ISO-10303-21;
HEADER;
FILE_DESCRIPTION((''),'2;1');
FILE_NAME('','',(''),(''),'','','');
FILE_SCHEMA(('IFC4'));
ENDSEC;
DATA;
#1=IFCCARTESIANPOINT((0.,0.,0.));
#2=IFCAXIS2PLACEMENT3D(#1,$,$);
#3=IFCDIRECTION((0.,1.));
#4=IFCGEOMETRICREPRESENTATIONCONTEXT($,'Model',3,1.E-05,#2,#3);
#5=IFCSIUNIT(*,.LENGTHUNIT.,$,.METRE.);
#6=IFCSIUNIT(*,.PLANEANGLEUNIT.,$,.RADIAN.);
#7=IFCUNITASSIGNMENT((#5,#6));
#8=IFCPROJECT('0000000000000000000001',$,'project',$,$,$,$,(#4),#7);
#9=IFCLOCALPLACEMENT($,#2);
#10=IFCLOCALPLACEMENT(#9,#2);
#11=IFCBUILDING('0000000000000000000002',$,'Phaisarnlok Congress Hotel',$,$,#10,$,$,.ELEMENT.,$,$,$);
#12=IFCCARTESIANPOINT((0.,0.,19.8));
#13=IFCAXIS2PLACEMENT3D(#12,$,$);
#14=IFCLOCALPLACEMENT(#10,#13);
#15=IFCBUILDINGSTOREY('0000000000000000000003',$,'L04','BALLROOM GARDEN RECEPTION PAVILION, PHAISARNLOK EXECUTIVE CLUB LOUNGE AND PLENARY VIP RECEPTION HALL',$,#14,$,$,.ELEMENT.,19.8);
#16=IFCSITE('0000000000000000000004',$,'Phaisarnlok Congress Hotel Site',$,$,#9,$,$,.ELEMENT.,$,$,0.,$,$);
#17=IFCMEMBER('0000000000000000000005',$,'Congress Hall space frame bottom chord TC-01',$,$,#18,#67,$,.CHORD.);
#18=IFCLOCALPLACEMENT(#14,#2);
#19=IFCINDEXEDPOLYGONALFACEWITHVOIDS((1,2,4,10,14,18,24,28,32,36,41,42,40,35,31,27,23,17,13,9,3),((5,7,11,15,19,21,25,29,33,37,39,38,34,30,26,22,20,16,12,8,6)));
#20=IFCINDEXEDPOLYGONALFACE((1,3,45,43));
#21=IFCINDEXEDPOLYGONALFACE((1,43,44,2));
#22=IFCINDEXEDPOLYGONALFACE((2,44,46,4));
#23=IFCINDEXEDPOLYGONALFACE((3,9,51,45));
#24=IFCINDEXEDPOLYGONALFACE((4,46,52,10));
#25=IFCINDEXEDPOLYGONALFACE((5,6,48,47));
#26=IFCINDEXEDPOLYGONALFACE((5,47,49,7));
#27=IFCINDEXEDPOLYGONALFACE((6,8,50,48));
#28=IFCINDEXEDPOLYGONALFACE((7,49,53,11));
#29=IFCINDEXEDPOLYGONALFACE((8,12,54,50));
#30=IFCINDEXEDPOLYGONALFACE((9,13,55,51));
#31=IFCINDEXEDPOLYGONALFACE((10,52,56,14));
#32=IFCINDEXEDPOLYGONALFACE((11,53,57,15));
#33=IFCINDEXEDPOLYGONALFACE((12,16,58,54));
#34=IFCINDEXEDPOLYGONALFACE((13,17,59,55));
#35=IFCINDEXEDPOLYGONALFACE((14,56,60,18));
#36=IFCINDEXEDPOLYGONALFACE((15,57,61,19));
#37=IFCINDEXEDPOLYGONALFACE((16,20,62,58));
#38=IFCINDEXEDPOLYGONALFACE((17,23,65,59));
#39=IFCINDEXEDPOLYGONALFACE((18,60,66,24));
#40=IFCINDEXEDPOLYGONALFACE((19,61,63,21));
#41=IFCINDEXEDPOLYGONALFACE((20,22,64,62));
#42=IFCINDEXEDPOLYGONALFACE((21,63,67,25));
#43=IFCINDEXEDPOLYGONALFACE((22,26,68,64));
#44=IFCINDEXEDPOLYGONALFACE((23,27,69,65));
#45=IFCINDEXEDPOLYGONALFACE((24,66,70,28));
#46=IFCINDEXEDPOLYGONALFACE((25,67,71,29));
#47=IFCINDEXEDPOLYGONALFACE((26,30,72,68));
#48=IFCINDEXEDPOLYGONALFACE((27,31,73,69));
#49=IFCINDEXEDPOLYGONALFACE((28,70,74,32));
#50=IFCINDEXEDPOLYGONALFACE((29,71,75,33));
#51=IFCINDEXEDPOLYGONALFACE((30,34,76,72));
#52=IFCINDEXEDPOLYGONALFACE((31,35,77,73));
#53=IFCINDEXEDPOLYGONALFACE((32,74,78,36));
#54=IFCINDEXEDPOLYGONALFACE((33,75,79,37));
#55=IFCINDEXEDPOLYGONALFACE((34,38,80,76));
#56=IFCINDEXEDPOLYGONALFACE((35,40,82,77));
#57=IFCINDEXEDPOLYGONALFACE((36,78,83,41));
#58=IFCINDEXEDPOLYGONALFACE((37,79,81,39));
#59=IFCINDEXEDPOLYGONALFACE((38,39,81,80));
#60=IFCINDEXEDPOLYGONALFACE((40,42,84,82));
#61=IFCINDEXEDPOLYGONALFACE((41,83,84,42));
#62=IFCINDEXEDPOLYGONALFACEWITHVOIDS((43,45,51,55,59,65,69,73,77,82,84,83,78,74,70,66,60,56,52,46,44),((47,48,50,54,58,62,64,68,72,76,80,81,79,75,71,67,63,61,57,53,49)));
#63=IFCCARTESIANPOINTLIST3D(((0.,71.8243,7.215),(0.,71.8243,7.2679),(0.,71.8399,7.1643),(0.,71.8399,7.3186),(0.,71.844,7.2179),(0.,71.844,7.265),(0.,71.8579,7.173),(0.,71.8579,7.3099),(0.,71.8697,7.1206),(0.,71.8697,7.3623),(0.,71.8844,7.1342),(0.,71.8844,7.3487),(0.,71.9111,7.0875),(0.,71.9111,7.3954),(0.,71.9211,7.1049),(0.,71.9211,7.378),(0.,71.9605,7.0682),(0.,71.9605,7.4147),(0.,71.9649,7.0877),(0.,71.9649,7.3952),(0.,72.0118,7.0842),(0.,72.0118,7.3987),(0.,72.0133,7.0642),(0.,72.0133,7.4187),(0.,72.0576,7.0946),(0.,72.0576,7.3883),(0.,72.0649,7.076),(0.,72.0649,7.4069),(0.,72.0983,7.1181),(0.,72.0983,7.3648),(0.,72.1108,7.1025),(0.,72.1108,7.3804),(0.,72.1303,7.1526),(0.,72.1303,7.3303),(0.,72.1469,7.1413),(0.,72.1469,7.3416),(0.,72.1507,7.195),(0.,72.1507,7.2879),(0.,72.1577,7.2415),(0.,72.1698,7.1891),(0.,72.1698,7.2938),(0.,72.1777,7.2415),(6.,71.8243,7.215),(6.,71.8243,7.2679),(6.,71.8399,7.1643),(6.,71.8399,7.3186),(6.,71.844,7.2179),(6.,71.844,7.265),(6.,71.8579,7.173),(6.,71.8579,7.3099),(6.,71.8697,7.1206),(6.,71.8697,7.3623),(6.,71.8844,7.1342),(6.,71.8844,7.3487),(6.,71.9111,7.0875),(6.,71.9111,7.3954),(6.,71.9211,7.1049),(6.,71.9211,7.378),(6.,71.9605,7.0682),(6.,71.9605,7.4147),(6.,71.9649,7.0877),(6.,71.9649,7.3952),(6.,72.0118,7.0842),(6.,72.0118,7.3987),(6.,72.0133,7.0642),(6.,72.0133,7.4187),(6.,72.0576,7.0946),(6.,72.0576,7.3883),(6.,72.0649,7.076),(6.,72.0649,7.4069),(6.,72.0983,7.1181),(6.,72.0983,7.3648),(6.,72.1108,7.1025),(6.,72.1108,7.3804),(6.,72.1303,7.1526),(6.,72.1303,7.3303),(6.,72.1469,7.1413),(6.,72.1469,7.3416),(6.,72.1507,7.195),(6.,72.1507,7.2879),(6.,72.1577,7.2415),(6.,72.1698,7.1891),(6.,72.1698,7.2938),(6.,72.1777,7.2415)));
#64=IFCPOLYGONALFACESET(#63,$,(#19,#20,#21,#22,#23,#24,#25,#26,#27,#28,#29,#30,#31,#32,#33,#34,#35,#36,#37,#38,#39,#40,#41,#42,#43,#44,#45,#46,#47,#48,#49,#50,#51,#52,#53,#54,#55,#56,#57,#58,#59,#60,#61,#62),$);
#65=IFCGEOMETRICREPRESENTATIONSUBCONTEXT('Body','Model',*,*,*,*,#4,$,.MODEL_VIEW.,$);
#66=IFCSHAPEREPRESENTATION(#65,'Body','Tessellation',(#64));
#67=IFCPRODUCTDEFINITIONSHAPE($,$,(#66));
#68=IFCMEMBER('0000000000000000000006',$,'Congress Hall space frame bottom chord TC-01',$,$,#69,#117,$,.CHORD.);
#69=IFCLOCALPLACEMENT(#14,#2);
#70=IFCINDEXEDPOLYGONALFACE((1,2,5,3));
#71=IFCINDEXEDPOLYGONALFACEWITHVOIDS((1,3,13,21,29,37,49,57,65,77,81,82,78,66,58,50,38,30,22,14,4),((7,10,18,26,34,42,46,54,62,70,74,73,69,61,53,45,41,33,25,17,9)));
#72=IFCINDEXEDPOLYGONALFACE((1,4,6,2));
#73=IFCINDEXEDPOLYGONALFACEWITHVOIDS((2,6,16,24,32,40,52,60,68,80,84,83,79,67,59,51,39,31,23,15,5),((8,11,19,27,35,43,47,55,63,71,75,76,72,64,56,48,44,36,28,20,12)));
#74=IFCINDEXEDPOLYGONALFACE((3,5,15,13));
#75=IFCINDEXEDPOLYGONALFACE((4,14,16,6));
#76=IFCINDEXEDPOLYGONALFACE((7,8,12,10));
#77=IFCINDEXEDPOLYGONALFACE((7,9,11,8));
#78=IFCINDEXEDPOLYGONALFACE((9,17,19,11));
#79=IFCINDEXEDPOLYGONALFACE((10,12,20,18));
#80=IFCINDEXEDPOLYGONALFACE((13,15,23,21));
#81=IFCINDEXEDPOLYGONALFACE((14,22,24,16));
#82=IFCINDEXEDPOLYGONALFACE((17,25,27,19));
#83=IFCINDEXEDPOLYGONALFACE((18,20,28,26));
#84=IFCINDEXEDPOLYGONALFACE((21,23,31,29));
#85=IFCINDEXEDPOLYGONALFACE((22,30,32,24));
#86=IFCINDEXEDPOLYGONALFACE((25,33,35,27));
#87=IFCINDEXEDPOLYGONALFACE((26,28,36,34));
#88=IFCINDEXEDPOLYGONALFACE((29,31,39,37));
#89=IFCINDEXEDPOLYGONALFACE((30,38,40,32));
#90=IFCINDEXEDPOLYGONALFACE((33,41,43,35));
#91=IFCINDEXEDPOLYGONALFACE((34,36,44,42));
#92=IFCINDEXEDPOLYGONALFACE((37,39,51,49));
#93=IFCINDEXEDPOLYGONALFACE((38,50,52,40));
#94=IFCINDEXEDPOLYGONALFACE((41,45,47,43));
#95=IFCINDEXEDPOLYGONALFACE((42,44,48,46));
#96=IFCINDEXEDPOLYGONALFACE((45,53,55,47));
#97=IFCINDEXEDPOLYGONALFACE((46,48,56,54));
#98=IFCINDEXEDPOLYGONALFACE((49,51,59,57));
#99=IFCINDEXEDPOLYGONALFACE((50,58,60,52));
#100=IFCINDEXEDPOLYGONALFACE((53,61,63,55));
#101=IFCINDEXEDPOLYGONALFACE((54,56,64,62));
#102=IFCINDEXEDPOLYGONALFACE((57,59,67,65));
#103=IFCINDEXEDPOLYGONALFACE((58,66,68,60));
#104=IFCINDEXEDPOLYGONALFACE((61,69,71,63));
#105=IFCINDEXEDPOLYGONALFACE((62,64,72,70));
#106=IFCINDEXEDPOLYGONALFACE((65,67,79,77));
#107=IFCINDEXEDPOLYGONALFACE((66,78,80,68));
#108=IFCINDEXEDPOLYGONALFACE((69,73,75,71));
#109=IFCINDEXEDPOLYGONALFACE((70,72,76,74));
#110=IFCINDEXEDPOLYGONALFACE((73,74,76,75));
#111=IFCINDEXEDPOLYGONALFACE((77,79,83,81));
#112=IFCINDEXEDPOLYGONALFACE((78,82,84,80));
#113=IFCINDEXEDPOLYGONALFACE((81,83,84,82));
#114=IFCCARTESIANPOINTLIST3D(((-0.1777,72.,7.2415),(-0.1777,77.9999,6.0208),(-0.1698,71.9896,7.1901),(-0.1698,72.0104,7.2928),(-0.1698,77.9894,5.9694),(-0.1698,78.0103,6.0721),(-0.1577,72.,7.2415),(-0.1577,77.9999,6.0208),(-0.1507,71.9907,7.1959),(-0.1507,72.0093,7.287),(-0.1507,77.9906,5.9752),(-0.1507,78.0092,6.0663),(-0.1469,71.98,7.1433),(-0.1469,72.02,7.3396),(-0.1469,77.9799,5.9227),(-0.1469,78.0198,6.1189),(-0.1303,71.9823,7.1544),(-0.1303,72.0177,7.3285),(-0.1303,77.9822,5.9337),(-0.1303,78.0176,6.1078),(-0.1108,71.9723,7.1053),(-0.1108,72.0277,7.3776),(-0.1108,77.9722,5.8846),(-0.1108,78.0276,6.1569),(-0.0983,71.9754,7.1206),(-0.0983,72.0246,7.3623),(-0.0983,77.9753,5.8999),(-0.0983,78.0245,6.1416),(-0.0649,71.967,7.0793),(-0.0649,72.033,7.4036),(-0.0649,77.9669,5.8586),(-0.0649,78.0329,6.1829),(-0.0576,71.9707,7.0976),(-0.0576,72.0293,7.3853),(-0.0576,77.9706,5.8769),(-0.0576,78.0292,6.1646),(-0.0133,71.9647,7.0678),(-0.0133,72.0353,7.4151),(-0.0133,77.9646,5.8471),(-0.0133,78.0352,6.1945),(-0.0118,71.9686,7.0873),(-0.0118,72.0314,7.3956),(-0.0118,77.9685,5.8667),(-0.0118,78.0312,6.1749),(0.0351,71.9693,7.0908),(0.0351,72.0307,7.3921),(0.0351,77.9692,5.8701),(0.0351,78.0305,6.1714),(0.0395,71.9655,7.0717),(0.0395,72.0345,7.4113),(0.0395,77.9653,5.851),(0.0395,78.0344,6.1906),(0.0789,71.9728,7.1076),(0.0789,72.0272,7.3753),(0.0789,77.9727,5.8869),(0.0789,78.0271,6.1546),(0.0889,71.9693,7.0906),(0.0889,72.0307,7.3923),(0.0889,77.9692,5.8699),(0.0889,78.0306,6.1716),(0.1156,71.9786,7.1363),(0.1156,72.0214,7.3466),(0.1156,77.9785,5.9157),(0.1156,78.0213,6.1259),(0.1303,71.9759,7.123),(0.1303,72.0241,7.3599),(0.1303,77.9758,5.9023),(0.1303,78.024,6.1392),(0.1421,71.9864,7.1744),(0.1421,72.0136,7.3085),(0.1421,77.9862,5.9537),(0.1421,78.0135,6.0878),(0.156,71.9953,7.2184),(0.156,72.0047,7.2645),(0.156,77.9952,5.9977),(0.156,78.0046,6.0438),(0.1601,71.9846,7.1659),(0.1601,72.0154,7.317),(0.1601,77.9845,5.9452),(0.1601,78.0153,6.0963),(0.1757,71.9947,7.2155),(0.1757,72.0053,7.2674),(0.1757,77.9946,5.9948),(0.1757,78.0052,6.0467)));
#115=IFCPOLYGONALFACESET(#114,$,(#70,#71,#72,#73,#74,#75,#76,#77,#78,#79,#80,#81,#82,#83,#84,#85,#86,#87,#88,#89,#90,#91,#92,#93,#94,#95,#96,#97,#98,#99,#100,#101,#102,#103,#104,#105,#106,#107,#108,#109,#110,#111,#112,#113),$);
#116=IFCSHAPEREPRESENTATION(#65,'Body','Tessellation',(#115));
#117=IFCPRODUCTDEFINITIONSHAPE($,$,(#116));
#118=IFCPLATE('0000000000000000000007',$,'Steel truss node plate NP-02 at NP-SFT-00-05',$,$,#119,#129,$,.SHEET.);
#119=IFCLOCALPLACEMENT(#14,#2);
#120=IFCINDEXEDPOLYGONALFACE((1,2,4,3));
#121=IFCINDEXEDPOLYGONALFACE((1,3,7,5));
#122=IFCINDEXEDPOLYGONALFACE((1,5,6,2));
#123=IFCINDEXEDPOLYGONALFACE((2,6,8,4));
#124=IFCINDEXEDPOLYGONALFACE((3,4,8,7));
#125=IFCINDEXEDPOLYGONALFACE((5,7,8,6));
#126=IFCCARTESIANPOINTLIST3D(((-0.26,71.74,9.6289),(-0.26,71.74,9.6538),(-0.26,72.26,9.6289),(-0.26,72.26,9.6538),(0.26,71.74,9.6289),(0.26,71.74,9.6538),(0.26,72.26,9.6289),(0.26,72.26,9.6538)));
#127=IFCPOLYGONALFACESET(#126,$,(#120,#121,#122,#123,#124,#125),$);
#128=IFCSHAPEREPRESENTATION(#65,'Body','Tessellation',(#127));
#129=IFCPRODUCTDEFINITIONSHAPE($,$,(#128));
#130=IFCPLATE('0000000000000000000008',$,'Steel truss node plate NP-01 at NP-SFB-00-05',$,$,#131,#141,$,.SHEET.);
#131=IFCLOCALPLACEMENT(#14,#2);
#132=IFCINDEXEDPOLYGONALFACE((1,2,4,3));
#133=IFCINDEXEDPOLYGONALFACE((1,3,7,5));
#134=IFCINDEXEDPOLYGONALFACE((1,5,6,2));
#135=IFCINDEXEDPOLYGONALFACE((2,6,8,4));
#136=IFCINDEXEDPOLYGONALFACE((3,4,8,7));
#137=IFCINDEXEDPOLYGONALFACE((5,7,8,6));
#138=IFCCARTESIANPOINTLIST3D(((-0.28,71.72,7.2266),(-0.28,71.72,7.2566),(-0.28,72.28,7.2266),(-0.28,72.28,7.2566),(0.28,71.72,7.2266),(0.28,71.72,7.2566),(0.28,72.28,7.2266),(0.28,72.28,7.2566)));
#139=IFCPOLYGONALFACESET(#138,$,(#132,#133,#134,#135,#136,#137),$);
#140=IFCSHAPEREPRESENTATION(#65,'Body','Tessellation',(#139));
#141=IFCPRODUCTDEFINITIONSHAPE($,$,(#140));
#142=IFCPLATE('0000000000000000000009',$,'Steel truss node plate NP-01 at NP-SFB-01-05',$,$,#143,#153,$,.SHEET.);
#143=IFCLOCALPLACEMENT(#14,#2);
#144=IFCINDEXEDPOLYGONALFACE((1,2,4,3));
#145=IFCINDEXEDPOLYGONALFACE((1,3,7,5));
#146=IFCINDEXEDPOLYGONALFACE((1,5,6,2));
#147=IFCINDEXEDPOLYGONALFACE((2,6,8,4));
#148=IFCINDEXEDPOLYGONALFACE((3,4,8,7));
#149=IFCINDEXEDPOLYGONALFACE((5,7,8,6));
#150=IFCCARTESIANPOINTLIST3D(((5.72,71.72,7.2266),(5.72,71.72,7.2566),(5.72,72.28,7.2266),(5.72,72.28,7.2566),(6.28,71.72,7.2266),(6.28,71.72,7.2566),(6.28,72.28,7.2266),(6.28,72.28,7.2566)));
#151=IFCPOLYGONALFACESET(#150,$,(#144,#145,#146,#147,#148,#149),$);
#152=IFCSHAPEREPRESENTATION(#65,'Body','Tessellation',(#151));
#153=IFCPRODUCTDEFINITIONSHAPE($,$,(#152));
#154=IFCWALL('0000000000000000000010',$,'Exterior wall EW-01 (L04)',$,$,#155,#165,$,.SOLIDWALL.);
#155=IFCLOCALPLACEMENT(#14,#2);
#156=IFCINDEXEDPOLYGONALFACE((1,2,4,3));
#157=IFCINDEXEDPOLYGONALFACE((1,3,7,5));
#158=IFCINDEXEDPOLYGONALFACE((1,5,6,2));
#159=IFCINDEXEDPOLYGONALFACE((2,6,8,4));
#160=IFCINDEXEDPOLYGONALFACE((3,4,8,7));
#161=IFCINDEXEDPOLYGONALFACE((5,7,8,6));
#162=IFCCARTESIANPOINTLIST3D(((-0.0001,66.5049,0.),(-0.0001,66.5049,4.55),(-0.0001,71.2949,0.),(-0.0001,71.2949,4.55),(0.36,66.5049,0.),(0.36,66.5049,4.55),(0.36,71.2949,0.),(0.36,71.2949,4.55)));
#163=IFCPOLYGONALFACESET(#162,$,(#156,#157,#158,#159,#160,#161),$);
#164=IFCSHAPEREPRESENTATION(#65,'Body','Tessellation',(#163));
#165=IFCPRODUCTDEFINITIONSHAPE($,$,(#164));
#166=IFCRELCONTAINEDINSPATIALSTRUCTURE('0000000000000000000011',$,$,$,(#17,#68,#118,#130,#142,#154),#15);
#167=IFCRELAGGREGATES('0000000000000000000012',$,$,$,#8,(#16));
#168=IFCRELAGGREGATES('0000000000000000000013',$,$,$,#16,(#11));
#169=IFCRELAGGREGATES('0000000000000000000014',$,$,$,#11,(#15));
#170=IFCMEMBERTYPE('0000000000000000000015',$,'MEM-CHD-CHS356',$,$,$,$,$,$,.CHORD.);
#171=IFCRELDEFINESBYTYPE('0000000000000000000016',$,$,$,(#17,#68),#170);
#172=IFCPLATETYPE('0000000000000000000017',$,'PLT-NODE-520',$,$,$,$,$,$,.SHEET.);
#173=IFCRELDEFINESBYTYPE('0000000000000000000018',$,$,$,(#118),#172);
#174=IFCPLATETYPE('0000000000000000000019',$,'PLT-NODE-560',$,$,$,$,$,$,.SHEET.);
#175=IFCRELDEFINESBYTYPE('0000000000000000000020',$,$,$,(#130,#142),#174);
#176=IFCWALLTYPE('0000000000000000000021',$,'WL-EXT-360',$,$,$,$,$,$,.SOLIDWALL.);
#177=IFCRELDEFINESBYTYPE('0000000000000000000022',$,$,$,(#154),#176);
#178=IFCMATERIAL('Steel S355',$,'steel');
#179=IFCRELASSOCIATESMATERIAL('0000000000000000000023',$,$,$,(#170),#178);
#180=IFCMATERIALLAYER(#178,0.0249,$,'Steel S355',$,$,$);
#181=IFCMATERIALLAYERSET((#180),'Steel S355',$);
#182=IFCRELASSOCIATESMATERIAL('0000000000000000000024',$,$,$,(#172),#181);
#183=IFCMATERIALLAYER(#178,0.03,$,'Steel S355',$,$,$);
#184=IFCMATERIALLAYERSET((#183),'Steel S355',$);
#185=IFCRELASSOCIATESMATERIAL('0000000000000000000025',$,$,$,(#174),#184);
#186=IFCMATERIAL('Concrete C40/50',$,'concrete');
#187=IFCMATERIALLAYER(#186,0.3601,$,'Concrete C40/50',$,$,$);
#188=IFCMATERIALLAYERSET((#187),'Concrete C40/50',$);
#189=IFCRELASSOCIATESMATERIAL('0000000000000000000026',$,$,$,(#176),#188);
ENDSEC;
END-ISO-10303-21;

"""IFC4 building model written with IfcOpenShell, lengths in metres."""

from ifc_helpers import new_model, si_unit, direction, frame, frame_2d, origin, origin_2d, place, context, subcontext, project, spatial, rectangle, hollow_circle, extrude, material, layer, layer_set, material_profile, profile_set, type_object, element, save


model = new_model("IFC4")

# Units and contexts
model_context = context("Model", 3, precision=1e-05, world=origin(), true_north=direction((0.0, 1.0)))
body_context = subcontext(model_context, "Body", "Model", "MODEL_VIEW")
ifc_project = project(units=[si_unit("LENGTHUNIT", "METRE"), si_unit("PLANEANGLEUNIT", "RADIAN")], contexts=[model_context])

# Site, building, storey
site_placement = place(None, origin())
site = spatial("IfcSite", under=ifc_project, at=site_placement, Name="Phaisarnlok Congress Hotel Site", CompositionType="ELEMENT", RefElevation=0.0)
building_placement = place(site_placement, origin())
building = spatial("IfcBuilding", under=site, at=building_placement, Name="Phaisarnlok Congress Hotel", CompositionType="ELEMENT")
storey_placement = place(building_placement, frame((0.0, 0.0, 19.8)))
storey = spatial("IfcBuildingStorey", under=building, at=storey_placement, Name="L04", Description="BALLROOM GARDEN RECEPTION PAVILION, PHAISARNLOK EXECUTIVE CLUB LOUNGE AND PLENARY VIP RECEPTION HALL", CompositionType="ELEMENT", Elevation=19.8)

# Shared definitions
ifc_material_1 = material(Name="Steel S355", Category="steel")

# Members
ifc_material_profile_1 = material_profile(ifc_material_1, hollow_circle(Radius=0.1777, WallThickness=0.02, at=origin_2d()), Name="CHS 355.6x20")
ifc_profile_set_1 = profile_set([ifc_material_profile_1], Name="Steel S355")
member_type_1 = type_object("IfcMemberType", Name="MEM-CHD-CHS356", PredefinedType="CHORD", material=ifc_profile_set_1)
member_1_placement = place(storey_placement, frame((0.0, 72.0, 7.2415), z_axis=(1.0, 0.0, 0.0), x_axis=(0.0, 1.0, 0.0)))
element("IfcMember", 1, at=member_1_placement, inside=storey, type_object=member_type_1, Name="Congress Hall space frame bottom chord TC-01", PredefinedType="CHORD", context=body_context, shape_type="SweptSolid", body=[
    extrude(hollow_circle(Radius=0.1777, WallThickness=0.02, at=origin_2d()), origin(), (0.0, 0.0, 1.0), 6.0),
])
member_2_placement = place(storey_placement, frame((0.0, 72.0, 7.2415), z_axis=(0.0, 0.979925, -0.199366), x_axis=(-1.0, 0.0, 0.0)))
element("IfcMember", 2, at=member_2_placement, inside=storey, type_object=member_type_1, Name="Congress Hall space frame bottom chord TC-01", PredefinedType="CHORD", context=body_context, shape_type="SweptSolid", body=[
    extrude(hollow_circle(Radius=0.1777, WallThickness=0.02, at=origin_2d()), origin(), (0.0, 0.0, 1.0), 6.1228),
])

# Plates
ifc_layer_1 = layer(ifc_material_1, 0.0249, Name="Steel S355")
ifc_layer_set_1 = layer_set([ifc_layer_1], Name="Steel S355")
plate_type_1 = type_object("IfcPlateType", Name="PLT-NODE-520", PredefinedType="SHEET", material=ifc_layer_set_1)
plate_placement = place(storey_placement, frame((0.0, 72.0, 9.6289), z_axis=(0.0, 0.0, 1.0), x_axis=(1.0, 0.0, 0.0)))
element("IfcPlate", 3, at=plate_placement, inside=storey, type_object=plate_type_1, Name="Steel truss node plate NP-02 at NP-SFT-00-05", PredefinedType="SHEET", context=body_context, shape_type="SweptSolid", body=[
    extrude(rectangle(XDim=0.52, YDim=0.52, at=origin_2d()), origin(), (0.0, 0.0, 1.0), 0.0249),
])
ifc_layer_2 = layer(ifc_material_1, 0.03, Name="Steel S355")
ifc_layer_set_2 = layer_set([ifc_layer_2], Name="Steel S355")
plate_type_2 = type_object("IfcPlateType", Name="PLT-NODE-560", PredefinedType="SHEET", material=ifc_layer_set_2)
for number, where, z_axis, x_axis, name in (
    (4, (0.0, 72.0, 7.2266), (0.0, 0.0, 1.0), (1.0, 0.0, 0.0), "Steel truss node plate NP-01 at NP-SFB-00-05"),
    (5, (6.0, 72.0, 7.2266), (0.0, 0.0, 1.0), (1.0, 0.0, 0.0), "Steel truss node plate NP-01 at NP-SFB-01-05"),
):
    element("IfcPlate", number, at=place(storey_placement, frame(where, z_axis=z_axis, x_axis=x_axis)), inside=storey, type_object=plate_type_2, Name=name, PredefinedType="SHEET", context=body_context, shape_type="SweptSolid", body=[
        extrude(rectangle(XDim=0.5601, YDim=0.5601, at=origin_2d()), origin(), (0.0, 0.0, 1.0), 0.03),
    ])

# Wall
ifc_material_2 = material(Name="Concrete C40/50", Category="concrete")
ifc_layer_3 = layer(ifc_material_2, 0.3601, Name="Concrete C40/50")
ifc_layer_set_3 = layer_set([ifc_layer_3], Name="Concrete C40/50")
wall_type = type_object("IfcWallType", Name="WL-EXT-360", PredefinedType="SOLIDWALL", material=ifc_layer_set_3)
wall_placement = place(storey_placement, frame((0.1799, 71.2949, 0.0), z_axis=(0.0, 0.0, 1.0), x_axis=(0.0, -1.0, 0.0)))
element("IfcWall", 6, at=wall_placement, inside=storey, type_object=wall_type, Name="Exterior wall EW-01 (L04)", PredefinedType="SOLIDWALL", context=body_context, shape_type="SweptSolid", body=[
    extrude(rectangle(XDim=4.79, YDim=0.3601, at=frame_2d((2.395, 0.0))), origin(), (0.0, 0.0, 1.0), 4.55),
])

save(model, "model.ifc")
